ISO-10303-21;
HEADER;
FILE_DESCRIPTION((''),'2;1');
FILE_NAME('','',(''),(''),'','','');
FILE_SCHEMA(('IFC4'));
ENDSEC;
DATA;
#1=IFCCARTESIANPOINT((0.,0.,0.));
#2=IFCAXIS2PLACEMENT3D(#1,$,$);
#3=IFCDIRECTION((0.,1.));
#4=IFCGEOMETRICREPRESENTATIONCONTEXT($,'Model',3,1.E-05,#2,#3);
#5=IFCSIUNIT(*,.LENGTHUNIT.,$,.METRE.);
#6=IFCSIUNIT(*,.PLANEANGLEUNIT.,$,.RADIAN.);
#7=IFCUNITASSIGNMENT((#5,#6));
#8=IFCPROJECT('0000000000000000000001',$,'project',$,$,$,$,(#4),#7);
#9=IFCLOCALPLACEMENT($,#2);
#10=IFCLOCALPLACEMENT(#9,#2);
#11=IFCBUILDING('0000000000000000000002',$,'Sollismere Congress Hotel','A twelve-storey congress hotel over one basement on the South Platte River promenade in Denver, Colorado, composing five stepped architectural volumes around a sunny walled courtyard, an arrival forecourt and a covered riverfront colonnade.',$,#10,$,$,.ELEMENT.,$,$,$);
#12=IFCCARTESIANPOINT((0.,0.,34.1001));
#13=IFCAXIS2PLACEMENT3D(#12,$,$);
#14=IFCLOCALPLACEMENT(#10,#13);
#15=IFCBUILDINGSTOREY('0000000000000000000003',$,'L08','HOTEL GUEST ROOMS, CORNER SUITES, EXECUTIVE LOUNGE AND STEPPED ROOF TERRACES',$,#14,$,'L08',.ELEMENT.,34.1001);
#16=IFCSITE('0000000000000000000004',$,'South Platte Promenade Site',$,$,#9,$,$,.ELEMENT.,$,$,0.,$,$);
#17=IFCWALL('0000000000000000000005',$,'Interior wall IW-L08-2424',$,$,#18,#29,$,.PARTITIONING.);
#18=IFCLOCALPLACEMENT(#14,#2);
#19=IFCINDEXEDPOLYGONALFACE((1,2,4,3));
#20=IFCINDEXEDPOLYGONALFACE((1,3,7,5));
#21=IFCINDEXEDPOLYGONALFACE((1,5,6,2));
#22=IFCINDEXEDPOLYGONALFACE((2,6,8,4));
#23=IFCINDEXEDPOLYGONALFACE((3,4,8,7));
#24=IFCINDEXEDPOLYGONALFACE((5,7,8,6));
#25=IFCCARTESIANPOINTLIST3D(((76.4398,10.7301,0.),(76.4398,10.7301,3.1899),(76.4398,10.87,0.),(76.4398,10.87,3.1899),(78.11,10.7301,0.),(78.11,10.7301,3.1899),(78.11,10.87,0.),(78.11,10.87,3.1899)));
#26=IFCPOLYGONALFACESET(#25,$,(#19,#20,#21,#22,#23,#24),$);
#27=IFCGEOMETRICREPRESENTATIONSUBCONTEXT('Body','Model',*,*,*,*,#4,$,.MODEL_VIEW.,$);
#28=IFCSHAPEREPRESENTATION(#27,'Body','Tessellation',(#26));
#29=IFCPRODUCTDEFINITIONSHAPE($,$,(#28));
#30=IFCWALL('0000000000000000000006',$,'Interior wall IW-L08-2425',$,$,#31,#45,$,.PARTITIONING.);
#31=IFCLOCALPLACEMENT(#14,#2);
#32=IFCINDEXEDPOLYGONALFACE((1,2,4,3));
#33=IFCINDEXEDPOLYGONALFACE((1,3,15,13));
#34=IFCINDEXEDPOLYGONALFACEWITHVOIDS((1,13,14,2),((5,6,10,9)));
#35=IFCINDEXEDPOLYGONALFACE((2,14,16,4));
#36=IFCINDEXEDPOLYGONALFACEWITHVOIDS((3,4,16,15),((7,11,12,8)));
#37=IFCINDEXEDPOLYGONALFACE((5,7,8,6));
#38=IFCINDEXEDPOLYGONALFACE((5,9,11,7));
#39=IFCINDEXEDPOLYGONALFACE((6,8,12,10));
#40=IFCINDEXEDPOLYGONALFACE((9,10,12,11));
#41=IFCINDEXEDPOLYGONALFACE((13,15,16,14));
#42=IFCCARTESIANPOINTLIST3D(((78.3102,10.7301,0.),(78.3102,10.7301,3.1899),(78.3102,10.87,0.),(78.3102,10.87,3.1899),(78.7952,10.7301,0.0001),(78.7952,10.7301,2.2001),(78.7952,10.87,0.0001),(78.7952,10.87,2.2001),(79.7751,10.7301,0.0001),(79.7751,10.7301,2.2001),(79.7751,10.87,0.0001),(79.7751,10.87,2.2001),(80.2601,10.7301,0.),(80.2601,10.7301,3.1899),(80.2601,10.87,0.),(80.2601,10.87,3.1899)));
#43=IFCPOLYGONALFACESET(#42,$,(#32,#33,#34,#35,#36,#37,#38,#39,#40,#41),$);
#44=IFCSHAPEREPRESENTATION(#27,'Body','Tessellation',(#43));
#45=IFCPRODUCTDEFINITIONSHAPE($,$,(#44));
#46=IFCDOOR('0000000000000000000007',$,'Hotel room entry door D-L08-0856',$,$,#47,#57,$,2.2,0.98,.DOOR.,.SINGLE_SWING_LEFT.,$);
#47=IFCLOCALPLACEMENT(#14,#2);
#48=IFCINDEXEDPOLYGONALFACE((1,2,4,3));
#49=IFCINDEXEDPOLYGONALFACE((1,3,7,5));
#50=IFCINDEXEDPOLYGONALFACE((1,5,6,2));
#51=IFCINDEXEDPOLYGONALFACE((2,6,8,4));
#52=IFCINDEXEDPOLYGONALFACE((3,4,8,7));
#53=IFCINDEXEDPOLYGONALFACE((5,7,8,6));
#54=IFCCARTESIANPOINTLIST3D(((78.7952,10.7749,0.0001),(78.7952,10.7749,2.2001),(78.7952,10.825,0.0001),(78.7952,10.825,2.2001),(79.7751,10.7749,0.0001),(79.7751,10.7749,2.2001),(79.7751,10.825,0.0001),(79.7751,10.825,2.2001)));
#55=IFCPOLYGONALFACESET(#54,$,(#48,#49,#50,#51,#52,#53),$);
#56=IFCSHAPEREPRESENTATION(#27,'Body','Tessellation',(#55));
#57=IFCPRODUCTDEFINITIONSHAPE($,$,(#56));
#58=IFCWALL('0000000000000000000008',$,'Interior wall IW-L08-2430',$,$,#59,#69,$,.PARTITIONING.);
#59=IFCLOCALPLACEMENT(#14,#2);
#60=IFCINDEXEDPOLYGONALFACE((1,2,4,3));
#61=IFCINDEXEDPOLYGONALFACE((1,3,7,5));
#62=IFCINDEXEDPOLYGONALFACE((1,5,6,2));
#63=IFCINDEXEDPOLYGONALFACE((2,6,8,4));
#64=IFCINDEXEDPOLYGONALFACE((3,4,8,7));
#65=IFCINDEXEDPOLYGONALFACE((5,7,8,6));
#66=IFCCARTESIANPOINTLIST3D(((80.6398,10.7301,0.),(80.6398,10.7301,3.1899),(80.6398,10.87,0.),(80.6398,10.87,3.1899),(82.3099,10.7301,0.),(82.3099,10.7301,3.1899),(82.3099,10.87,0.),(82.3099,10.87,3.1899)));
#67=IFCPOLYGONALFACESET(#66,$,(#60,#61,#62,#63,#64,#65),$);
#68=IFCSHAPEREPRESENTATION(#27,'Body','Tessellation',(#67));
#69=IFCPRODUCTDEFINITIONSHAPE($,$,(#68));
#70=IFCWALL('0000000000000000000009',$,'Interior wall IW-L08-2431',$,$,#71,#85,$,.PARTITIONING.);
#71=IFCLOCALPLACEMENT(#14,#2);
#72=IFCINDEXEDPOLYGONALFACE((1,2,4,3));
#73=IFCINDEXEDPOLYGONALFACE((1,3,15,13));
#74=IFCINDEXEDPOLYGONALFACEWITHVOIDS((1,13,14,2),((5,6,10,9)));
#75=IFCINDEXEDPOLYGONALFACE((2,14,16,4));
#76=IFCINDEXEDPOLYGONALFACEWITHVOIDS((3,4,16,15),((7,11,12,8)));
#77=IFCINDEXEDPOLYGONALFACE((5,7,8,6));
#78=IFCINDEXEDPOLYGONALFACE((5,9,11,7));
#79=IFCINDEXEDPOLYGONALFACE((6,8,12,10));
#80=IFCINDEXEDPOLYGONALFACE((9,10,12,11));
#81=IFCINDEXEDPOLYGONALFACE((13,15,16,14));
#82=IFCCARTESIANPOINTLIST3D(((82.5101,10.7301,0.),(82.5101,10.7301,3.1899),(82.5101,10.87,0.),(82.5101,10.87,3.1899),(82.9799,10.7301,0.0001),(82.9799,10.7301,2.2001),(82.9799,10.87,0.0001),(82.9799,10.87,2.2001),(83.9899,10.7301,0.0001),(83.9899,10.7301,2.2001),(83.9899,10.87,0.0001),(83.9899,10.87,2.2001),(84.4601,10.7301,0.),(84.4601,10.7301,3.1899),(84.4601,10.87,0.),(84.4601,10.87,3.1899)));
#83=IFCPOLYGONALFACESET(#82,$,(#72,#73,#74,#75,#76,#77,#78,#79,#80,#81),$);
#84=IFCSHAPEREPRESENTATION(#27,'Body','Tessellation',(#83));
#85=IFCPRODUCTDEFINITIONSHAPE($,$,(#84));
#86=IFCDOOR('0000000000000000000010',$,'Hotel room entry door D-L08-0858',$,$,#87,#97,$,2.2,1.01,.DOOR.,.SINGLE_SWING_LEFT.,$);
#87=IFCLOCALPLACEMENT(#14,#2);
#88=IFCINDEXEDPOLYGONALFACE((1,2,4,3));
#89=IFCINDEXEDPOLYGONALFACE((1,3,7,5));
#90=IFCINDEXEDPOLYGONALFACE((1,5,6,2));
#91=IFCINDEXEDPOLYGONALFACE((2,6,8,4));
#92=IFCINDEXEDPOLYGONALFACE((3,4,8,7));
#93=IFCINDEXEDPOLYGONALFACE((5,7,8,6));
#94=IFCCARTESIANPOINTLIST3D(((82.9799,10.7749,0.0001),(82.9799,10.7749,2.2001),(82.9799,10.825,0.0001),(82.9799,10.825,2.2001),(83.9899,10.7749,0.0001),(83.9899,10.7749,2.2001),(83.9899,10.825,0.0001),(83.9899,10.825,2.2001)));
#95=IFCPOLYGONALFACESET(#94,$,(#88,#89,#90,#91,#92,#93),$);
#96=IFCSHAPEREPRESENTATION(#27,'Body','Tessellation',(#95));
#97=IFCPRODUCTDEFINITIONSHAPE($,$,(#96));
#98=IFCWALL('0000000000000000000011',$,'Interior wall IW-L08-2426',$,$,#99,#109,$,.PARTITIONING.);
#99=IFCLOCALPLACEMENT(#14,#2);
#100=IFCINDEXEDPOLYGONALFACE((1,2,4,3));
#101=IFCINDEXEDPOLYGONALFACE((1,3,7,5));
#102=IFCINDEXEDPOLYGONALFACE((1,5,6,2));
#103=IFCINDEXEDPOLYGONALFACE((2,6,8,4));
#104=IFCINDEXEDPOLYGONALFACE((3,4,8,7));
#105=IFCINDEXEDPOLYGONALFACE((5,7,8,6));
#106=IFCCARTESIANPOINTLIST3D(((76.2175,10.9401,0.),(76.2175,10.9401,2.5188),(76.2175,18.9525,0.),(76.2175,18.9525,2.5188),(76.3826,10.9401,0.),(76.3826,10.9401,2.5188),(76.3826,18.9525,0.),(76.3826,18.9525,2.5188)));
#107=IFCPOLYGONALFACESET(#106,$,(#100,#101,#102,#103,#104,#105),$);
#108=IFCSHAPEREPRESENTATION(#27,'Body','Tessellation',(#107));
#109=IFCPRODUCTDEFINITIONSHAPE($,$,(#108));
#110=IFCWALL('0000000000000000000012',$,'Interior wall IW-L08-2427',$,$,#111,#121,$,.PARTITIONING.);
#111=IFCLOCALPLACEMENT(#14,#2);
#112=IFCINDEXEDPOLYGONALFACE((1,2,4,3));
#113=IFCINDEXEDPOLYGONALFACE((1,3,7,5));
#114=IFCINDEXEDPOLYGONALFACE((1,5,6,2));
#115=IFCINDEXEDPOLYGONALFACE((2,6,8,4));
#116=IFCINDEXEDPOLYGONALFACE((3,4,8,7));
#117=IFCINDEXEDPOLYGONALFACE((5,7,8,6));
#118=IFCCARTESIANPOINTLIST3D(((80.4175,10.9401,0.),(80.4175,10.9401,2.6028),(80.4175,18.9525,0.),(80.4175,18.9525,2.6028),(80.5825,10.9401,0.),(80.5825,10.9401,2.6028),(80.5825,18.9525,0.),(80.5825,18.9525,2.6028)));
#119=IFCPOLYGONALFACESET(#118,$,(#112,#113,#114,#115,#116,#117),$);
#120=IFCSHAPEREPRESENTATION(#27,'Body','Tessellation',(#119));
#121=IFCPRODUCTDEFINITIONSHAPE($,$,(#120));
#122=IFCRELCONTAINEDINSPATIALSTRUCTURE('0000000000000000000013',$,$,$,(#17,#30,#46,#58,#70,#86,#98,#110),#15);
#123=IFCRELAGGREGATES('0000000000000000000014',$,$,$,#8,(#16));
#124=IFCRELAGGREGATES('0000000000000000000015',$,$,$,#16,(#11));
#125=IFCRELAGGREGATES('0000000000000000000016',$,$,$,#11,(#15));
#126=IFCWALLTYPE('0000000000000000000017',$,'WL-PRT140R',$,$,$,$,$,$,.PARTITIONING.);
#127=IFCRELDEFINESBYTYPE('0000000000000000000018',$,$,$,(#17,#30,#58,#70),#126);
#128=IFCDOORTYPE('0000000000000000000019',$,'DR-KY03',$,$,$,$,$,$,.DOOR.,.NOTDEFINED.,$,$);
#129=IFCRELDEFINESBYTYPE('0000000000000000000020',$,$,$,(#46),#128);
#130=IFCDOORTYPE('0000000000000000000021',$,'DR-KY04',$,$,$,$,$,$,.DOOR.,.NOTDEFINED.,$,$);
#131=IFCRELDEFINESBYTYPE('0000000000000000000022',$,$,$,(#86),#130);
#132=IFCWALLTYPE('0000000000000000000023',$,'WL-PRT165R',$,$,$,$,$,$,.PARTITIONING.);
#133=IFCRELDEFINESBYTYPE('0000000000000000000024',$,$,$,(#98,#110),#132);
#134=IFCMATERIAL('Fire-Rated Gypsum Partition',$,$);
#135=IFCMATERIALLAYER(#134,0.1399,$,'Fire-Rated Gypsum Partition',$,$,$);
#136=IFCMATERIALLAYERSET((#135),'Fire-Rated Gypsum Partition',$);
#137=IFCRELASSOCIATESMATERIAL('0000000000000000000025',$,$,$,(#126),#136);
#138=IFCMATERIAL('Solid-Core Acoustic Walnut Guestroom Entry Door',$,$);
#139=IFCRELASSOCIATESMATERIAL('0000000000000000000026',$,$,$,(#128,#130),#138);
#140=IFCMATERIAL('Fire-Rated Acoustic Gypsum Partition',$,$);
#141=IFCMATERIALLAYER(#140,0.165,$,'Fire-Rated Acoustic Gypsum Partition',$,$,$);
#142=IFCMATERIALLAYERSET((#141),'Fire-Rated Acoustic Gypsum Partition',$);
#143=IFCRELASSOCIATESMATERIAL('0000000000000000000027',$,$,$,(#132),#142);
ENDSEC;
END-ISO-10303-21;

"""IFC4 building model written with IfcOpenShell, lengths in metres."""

from ifc_helpers import new_model, si_unit, direction, frame, frame_2d, origin, place, context, subcontext, project, spatial, rectangle, extrude, material, layer, layer_set, type_object, element, fill, save


model = new_model("IFC4")

# Units and contexts
model_context = context("Model", 3, precision=1e-05, world=origin(), true_north=direction((0.0, 1.0)))
body_context = subcontext(model_context, "Body", "Model", "MODEL_VIEW")
ifc_project = project(units=[si_unit("LENGTHUNIT", "METRE"), si_unit("PLANEANGLEUNIT", "RADIAN")], contexts=[model_context])

# Site, building, storey
site_placement = place(None, origin())
site = spatial("IfcSite", under=ifc_project, at=site_placement, Name="South Platte Promenade Site", CompositionType="ELEMENT", RefElevation=0.0)
building_placement = place(site_placement, origin())
building = spatial("IfcBuilding", under=site, at=building_placement, Name="Sollismere Congress Hotel", Description="A twelve-storey congress hotel over one basement on the South Platte River promenade in Denver, Colorado, composing five stepped architectural volumes around a sunny walled courtyard, an arrival forecourt and a covered riverfront colonnade.", CompositionType="ELEMENT")
storey_placement = place(building_placement, frame((0.0, 0.0, 34.1001)))
storey = spatial("IfcBuildingStorey", under=building, at=storey_placement, Name="L08", Description="HOTEL GUEST ROOMS, CORNER SUITES, EXECUTIVE LOUNGE AND STEPPED ROOF TERRACES", LongName="L08", CompositionType="ELEMENT", Elevation=34.1001)

# Shared definitions
ifc_material_1 = material(Name="Fire-Rated Gypsum Partition")
ifc_layer_1 = layer(ifc_material_1, 0.1399, Name="Fire-Rated Gypsum Partition")
ifc_layer_set_1 = layer_set([ifc_layer_1], Name="Fire-Rated Gypsum Partition")
wall_type_1 = type_object("IfcWallType", Name="WL-PRT140R", PredefinedType="PARTITIONING", material=ifc_layer_set_1)
ifc_material_2 = material(Name="Solid-Core Acoustic Walnut Guestroom Entry Door")

# Wall
wall_1_placement = place(storey_placement, frame((76.4399, 10.8, 0.0), z_axis=(0.0, 0.0, 1.0), x_axis=(1.0, 0.0, 0.0)))
element("IfcWall", 1, at=wall_1_placement, inside=storey, type_object=wall_type_1, Name="Interior wall IW-L08-2424", PredefinedType="PARTITIONING", context=body_context, shape_type="SweptSolid", body=[
    extrude(rectangle(XDim=1.6702, YDim=0.1399, at=frame_2d((0.835, 0.0))), origin(), (0.0, 0.0, 1.0), 3.1899),
])

# Wall, opening, door
wall_2_placement = place(storey_placement, frame((78.3101, 10.8, 0.0), z_axis=(0.0, 0.0, 1.0), x_axis=(1.0, 0.0, 0.0)))
wall_2 = element("IfcWall", 2, at=wall_2_placement, inside=storey, type_object=wall_type_1, Name="Interior wall IW-L08-2425", PredefinedType="PARTITIONING", context=body_context, shape_type="SweptSolid", body=[
    extrude(rectangle(XDim=1.95, YDim=0.1399, at=frame_2d((0.9751, 0.0))), origin(), (0.0, 0.0, 1.0), 3.1899),
])
opening_1_placement = place(wall_2_placement, frame((0.4851, 0.0, 0.0)))
opening_1 = element("IfcOpeningElement", 3, at=opening_1_placement, cuts=wall_2, PredefinedType="OPENING", context=body_context, shape_type="SweptSolid", body=[
    extrude(rectangle(XDim=0.98, YDim=2.2, at=frame_2d((0.49, 1.1001))), frame((0.0, 0.0798, 0.0), z_axis=(0.0, -1.0, 0.0), x_axis=(1.0, 0.0, 0.0)), (0.0, 0.0, 1.0), 0.1599),
])
door_type_1 = type_object("IfcDoorType", Name="DR-KY03", OperationType="NOTDEFINED", PredefinedType="DOOR", material=ifc_material_2)
door_1_placement = place(opening_1_placement, origin())
door_1 = element("IfcDoor", 4, at=door_1_placement, inside=storey, type_object=door_type_1, Name="Hotel room entry door D-L08-0856", OperationType="SINGLE_SWING_LEFT", OverallHeight=2.2, OverallWidth=0.98, PredefinedType="DOOR", context=body_context, shape_type="SweptSolid", body=[
    extrude(rectangle(XDim=0.98, YDim=2.2, at=frame_2d((0.49, 1.1001))), frame((0.0, 0.0249, 0.0), z_axis=(0.0, -1.0, 0.0), x_axis=(1.0, 0.0, 0.0)), (0.0, 0.0, 1.0), 0.05),
])
fill(opening_1, door_1)

# Wall
wall_3_placement = place(storey_placement, frame((80.6399, 10.8, 0.0), z_axis=(0.0, 0.0, 1.0), x_axis=(1.0, 0.0, 0.0)))
element("IfcWall", 5, at=wall_3_placement, inside=storey, type_object=wall_type_1, Name="Interior wall IW-L08-2430", PredefinedType="PARTITIONING", context=body_context, shape_type="SweptSolid", body=[
    extrude(rectangle(XDim=1.6702, YDim=0.1399, at=frame_2d((0.835, 0.0))), origin(), (0.0, 0.0, 1.0), 3.1899),
])

# Wall, opening, door
wall_4_placement = place(storey_placement, frame((82.51, 10.8, 0.0), z_axis=(0.0, 0.0, 1.0), x_axis=(1.0, 0.0, 0.0)))
wall_4 = element("IfcWall", 6, at=wall_4_placement, inside=storey, type_object=wall_type_1, Name="Interior wall IW-L08-2431", PredefinedType="PARTITIONING", context=body_context, shape_type="SweptSolid", body=[
    extrude(rectangle(XDim=1.95, YDim=0.1399, at=frame_2d((0.9751, 0.0))), origin(), (0.0, 0.0, 1.0), 3.1899),
])
opening_2_placement = place(wall_4_placement, frame((0.47, 0.0, 0.0)))
opening_2 = element("IfcOpeningElement", 7, at=opening_2_placement, cuts=wall_4, PredefinedType="OPENING", context=body_context, shape_type="SweptSolid", body=[
    extrude(rectangle(XDim=1.01, YDim=2.2, at=frame_2d((0.5049, 1.1001))), frame((0.0, 0.0798, 0.0), z_axis=(0.0, -1.0, 0.0), x_axis=(1.0, 0.0, 0.0)), (0.0, 0.0, 1.0), 0.1599),
])
door_type_2 = type_object("IfcDoorType", Name="DR-KY04", OperationType="NOTDEFINED", PredefinedType="DOOR", material=ifc_material_2)
door_2_placement = place(opening_2_placement, origin())
door_2 = element("IfcDoor", 8, at=door_2_placement, inside=storey, type_object=door_type_2, Name="Hotel room entry door D-L08-0858", OperationType="SINGLE_SWING_LEFT", OverallHeight=2.2, OverallWidth=1.01, PredefinedType="DOOR", context=body_context, shape_type="SweptSolid", body=[
    extrude(rectangle(XDim=1.01, YDim=2.2, at=frame_2d((0.5049, 1.1001))), frame((0.0, 0.0249, 0.0), z_axis=(0.0, -1.0, 0.0), x_axis=(1.0, 0.0, 0.0)), (0.0, 0.0, 1.0), 0.05),
])
fill(opening_2, door_2)

# Walls
ifc_material_3 = material(Name="Fire-Rated Acoustic Gypsum Partition")
ifc_layer_2 = layer(ifc_material_3, 0.165, Name="Fire-Rated Acoustic Gypsum Partition")
ifc_layer_set_2 = layer_set([ifc_layer_2], Name="Fire-Rated Acoustic Gypsum Partition")
wall_type_2 = type_object("IfcWallType", Name="WL-PRT165R", PredefinedType="PARTITIONING", material=ifc_layer_set_2)
wall_5_placement = place(storey_placement, frame((76.3, 10.9399, 0.0), z_axis=(0.0, 0.0, 1.0), x_axis=(0.0, 1.0, 0.0)))
element("IfcWall", 9, at=wall_5_placement, inside=storey, type_object=wall_type_2, Name="Interior wall IW-L08-2426", PredefinedType="PARTITIONING", context=body_context, shape_type="SweptSolid", body=[
    extrude(rectangle(XDim=8.0125, YDim=0.165, at=frame_2d((4.0063, 0.0))), origin(), (0.0, 0.0, 1.0), 2.5188),
])
wall_6_placement = place(storey_placement, frame((80.5, 10.9399, 0.0), z_axis=(0.0, 0.0, 1.0), x_axis=(0.0, 1.0, 0.0)))
element("IfcWall", 10, at=wall_6_placement, inside=storey, type_object=wall_type_2, Name="Interior wall IW-L08-2427", PredefinedType="PARTITIONING", context=body_context, shape_type="SweptSolid", body=[
    extrude(rectangle(XDim=8.0125, YDim=0.165, at=frame_2d((4.0063, 0.0))), origin(), (0.0, 0.0, 1.0), 2.6028),
])

save(model, "model.ifc")
